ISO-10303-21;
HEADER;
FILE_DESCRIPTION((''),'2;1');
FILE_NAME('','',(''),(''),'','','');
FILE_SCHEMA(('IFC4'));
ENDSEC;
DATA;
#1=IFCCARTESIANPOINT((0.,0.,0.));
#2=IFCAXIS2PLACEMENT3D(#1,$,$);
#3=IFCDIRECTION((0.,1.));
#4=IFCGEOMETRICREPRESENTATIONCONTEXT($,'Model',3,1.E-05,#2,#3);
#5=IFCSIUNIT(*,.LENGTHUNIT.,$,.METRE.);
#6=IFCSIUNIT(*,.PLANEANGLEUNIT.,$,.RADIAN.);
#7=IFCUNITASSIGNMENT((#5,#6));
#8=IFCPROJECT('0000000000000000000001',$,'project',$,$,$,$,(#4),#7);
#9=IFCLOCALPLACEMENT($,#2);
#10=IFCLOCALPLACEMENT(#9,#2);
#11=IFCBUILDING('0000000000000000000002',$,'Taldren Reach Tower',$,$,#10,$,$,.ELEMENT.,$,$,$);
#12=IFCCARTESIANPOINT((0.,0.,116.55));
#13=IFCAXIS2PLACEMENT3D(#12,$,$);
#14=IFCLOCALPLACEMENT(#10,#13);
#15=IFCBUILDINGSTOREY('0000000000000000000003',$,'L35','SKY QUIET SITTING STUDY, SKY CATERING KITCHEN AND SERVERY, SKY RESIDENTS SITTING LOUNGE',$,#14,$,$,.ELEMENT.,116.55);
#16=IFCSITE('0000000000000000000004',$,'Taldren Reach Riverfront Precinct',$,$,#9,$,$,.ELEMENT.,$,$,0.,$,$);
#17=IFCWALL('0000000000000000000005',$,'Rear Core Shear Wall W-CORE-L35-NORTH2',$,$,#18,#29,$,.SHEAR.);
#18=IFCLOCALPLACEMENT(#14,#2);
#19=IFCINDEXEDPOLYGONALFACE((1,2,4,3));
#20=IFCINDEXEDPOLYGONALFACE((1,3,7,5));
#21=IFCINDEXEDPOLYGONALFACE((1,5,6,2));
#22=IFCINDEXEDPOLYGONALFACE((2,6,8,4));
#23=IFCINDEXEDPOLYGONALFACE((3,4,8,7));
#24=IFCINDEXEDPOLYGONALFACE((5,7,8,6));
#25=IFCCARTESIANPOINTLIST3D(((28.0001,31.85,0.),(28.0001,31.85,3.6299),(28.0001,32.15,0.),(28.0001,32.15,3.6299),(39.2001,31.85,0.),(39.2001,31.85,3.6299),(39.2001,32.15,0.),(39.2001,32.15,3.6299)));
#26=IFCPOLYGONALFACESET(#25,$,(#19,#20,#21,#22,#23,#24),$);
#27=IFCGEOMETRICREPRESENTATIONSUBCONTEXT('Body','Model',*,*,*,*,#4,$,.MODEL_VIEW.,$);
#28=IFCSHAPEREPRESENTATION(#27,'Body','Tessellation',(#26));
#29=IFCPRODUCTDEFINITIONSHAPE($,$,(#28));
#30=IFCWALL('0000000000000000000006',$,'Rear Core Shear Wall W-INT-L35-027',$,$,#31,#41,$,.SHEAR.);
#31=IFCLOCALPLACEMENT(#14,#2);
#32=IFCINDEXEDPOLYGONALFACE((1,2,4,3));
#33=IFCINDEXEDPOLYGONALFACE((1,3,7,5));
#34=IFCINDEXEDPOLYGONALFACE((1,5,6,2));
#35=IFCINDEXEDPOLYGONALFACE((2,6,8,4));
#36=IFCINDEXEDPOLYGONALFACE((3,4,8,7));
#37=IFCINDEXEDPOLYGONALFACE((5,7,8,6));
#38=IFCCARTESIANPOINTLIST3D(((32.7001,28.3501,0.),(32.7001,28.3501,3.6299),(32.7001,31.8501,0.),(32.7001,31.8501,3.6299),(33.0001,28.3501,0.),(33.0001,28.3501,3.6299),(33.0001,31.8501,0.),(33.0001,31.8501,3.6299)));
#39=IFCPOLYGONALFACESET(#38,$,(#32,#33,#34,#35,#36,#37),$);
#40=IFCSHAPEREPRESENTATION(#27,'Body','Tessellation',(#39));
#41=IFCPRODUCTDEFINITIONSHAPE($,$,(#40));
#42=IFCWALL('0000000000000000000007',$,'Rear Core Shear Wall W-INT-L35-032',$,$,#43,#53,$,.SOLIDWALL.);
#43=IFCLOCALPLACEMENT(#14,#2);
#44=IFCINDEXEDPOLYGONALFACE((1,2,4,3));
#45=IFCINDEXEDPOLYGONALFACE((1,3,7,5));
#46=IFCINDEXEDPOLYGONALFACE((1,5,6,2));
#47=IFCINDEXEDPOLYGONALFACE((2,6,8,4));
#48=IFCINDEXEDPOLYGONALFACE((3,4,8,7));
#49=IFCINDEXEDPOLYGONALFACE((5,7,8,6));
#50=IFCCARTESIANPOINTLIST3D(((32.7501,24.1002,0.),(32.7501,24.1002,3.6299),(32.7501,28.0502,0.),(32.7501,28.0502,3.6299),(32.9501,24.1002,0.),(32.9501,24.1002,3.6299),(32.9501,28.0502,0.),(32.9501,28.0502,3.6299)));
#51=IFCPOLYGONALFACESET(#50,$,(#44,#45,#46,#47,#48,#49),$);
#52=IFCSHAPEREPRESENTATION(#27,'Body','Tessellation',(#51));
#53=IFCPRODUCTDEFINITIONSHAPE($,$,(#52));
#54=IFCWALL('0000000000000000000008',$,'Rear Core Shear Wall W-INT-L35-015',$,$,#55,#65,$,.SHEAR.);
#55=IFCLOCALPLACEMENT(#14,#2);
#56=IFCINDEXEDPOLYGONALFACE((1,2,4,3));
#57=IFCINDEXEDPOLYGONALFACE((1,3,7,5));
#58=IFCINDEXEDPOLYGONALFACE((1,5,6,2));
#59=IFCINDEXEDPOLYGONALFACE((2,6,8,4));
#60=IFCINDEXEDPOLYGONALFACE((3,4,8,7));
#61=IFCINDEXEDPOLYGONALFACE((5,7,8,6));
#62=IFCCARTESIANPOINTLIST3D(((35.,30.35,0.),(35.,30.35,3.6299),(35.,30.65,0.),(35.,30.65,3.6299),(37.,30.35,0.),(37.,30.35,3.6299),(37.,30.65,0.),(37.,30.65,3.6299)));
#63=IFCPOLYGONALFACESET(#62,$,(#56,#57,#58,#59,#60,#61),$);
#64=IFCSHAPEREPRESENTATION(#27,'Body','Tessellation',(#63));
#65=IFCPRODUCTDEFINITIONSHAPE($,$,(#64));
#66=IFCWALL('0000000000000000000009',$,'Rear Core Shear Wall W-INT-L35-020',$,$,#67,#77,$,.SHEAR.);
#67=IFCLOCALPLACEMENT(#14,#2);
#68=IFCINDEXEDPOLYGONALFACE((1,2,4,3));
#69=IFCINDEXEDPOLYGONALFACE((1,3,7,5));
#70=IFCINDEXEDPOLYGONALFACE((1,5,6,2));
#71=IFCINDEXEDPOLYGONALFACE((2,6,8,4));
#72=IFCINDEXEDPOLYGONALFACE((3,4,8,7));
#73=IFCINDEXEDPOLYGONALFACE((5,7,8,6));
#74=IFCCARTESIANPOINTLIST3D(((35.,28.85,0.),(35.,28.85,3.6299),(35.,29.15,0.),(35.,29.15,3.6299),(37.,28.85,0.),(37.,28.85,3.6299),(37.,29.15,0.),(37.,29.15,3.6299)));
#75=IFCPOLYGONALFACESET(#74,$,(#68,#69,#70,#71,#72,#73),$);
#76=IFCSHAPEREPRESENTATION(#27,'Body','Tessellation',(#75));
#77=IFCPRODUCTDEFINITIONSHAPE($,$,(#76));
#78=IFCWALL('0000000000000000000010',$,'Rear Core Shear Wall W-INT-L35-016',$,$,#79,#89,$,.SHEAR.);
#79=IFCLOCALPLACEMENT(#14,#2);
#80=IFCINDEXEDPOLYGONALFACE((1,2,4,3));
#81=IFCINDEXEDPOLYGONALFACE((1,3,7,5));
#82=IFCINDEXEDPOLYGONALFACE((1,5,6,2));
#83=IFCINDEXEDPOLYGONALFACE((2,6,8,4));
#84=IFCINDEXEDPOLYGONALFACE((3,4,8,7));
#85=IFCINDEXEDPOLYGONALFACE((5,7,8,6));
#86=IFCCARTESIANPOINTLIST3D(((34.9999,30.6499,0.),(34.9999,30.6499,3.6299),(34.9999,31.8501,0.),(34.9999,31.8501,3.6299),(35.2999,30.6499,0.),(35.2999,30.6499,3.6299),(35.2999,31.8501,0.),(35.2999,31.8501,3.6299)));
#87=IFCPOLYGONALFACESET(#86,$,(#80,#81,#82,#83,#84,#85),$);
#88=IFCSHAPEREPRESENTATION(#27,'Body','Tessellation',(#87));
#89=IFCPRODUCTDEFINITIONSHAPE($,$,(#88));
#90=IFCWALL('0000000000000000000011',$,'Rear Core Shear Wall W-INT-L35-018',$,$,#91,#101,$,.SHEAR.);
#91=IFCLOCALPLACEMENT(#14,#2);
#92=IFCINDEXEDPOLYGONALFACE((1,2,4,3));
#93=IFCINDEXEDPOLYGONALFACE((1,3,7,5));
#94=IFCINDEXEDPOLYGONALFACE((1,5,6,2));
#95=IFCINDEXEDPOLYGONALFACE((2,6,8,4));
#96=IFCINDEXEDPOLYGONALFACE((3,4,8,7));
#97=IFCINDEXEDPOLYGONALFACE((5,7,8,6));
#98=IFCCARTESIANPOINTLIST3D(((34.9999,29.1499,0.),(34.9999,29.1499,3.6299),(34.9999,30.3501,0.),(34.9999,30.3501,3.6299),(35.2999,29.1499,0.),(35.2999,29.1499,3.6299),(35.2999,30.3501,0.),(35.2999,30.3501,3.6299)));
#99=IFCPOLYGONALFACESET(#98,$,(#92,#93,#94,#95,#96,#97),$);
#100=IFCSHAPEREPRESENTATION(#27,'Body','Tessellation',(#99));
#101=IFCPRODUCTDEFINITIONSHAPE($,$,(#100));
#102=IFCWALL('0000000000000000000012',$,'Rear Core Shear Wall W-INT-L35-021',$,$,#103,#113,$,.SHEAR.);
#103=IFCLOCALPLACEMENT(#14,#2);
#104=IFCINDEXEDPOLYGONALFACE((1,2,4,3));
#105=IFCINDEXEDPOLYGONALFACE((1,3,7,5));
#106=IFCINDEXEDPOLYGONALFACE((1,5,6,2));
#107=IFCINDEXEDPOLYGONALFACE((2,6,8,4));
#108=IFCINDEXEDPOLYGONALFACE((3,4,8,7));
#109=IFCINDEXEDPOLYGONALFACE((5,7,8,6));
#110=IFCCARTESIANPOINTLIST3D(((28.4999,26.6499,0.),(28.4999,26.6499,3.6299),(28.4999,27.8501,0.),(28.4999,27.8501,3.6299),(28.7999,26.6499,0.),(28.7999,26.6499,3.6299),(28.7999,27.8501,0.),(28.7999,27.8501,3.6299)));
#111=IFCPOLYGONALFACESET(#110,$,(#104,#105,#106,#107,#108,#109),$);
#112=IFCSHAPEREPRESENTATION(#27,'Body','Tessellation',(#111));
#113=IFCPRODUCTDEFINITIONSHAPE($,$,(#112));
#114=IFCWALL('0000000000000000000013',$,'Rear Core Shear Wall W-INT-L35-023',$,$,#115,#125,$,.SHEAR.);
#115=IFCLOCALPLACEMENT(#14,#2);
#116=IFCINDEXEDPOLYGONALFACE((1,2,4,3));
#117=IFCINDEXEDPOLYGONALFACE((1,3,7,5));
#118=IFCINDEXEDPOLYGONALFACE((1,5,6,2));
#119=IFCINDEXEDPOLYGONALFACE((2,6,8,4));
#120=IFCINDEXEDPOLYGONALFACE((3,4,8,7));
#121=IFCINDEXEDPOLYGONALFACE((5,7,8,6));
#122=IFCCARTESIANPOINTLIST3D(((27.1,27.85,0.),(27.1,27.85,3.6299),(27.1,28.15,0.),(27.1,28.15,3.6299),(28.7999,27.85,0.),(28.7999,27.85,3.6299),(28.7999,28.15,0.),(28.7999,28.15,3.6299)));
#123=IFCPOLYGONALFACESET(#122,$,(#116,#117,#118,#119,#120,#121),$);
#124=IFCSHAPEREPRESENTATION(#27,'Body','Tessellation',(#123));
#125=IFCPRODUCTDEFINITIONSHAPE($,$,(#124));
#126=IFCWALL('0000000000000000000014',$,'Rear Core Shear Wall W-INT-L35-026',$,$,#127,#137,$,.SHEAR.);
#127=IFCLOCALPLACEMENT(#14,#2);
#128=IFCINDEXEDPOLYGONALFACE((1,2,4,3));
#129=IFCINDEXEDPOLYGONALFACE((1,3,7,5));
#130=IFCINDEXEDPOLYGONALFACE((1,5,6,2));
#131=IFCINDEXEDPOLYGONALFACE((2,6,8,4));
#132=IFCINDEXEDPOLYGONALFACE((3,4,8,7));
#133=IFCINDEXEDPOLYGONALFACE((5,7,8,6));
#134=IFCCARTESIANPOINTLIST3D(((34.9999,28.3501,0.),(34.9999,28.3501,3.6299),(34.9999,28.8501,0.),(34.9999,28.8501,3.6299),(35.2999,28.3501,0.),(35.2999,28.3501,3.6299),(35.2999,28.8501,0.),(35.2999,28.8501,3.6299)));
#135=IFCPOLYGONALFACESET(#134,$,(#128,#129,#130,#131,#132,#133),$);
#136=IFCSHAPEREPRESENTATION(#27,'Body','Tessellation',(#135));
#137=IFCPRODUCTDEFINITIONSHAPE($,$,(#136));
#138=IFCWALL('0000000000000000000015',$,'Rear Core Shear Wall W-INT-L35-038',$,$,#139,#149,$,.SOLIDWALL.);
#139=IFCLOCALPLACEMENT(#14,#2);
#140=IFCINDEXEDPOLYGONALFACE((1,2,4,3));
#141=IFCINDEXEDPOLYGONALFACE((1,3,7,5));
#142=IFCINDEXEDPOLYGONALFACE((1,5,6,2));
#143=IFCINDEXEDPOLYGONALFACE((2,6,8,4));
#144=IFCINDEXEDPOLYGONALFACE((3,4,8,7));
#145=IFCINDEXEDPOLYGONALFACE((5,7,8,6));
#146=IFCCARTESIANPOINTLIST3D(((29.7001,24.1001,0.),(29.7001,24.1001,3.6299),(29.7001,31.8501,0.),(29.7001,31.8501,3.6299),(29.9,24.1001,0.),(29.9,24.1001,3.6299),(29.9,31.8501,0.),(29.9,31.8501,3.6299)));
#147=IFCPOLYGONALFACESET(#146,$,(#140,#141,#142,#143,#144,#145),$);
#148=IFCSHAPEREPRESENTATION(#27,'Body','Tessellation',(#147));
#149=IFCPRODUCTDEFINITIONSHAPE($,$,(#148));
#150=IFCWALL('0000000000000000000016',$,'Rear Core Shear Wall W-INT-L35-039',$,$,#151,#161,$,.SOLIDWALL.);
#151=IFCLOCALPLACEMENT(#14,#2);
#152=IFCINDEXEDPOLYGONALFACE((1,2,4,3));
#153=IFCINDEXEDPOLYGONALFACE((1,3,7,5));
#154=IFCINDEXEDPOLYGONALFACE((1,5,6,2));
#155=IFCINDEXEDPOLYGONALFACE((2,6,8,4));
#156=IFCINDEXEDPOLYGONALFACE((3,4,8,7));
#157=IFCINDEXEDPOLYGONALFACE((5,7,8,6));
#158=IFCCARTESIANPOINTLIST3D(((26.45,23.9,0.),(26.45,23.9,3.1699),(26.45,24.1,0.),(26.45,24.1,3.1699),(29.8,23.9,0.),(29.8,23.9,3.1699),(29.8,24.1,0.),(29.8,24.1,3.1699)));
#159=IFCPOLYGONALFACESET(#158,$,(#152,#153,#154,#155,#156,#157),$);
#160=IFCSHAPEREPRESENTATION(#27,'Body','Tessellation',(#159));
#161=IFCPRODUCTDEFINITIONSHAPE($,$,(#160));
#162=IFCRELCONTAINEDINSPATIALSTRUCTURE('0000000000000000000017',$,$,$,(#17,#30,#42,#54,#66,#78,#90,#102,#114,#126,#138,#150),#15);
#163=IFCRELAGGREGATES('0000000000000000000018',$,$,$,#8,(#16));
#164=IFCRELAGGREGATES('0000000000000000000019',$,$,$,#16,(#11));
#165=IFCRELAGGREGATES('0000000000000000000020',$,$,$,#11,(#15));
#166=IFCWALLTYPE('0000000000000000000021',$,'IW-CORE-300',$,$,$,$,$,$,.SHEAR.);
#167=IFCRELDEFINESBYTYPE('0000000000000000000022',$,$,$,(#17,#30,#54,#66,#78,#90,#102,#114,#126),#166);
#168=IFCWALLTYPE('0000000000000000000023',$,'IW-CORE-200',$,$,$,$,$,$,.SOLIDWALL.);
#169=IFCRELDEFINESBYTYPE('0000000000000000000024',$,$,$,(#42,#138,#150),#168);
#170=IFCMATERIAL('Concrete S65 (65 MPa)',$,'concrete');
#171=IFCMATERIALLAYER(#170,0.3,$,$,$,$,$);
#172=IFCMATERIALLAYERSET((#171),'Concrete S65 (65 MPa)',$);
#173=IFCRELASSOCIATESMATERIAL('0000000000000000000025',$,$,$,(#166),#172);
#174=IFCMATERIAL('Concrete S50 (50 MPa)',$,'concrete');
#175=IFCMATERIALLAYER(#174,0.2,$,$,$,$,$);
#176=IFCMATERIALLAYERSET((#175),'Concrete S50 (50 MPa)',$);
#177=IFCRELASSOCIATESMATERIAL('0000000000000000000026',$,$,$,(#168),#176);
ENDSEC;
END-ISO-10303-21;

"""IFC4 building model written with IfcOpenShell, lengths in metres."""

from ifc_helpers import new_model, si_unit, direction, frame, frame_2d, origin, place, context, subcontext, project, spatial, rectangle, extrude, source, transform, mapped, material, layer, layer_set, type_object, element, save


model = new_model("IFC4")

# Units and contexts
model_context = context("Model", 3, precision=1e-05, world=origin(), true_north=direction((0.0, 1.0)))
body_context = subcontext(model_context, "Body", "Model", "MODEL_VIEW")
ifc_project = project(units=[si_unit("LENGTHUNIT", "METRE"), si_unit("PLANEANGLEUNIT", "RADIAN")], contexts=[model_context])

# Site, building, storey
site_placement = place(None, origin())
site = spatial("IfcSite", under=ifc_project, at=site_placement, Name="Taldren Reach Riverfront Precinct", CompositionType="ELEMENT", RefElevation=0.0)
building_placement = place(site_placement, origin())
building = spatial("IfcBuilding", under=site, at=building_placement, Name="Taldren Reach Tower", CompositionType="ELEMENT")
storey_placement = place(building_placement, frame((0.0, 0.0, 116.55)))
storey = spatial("IfcBuildingStorey", under=building, at=storey_placement, Name="L35", Description="SKY QUIET SITTING STUDY, SKY CATERING KITCHEN AND SERVERY, SKY RESIDENTS SITTING LOUNGE", CompositionType="ELEMENT", Elevation=116.55)

# Walls
ifc_material_1 = material(Name="Concrete S65 (65 MPa)", Category="concrete")
ifc_layer_1 = layer(ifc_material_1, 0.3)
ifc_layer_set_1 = layer_set([ifc_layer_1], Name="Concrete S65 (65 MPa)")
wall_type_1 = type_object("IfcWallType", Name="IW-CORE-300", PredefinedType="SHEAR", material=ifc_layer_set_1)
shared_shape_1 = source(origin(), body_context, "Body", "SweptSolid", [
    extrude(rectangle(XDim=11.2, YDim=0.3, at=frame_2d((5.6001, 0.0))), origin(), (0.0, 0.0, 1.0), 3.6299),
])
wall_1_placement = place(storey_placement, frame((28.0, 32.0, 0.0), z_axis=(0.0, 0.0, 1.0), x_axis=(1.0, 0.0, 0.0)))
element("IfcWall", 1, at=wall_1_placement, inside=storey, type_object=wall_type_1, Name="Rear Core Shear Wall W-CORE-L35-NORTH2", PredefinedType="SHEAR", context=body_context, shape_type="MappedRepresentation", body=[
    mapped(shared_shape_1, transform((0.0, 0.0, 0.0), scale=1.0)),
])
shared_shape_2 = source(origin(), body_context, "Body", "SweptSolid", [
    extrude(rectangle(XDim=3.5, YDim=0.3, at=frame_2d((1.75, 0.0))), origin(), (0.0, 0.0, 1.0), 3.6299),
])
wall_2_placement = place(storey_placement, frame((32.8501, 31.8501, 0.0), z_axis=(0.0, 0.0, 1.0), x_axis=(0.0, -1.0, 0.0)))
element("IfcWall", 2, at=wall_2_placement, inside=storey, type_object=wall_type_1, Name="Rear Core Shear Wall W-INT-L35-027", PredefinedType="SHEAR", context=body_context, shape_type="MappedRepresentation", body=[
    mapped(shared_shape_2, transform((0.0, 0.0, 0.0), scale=1.0)),
])
ifc_material_2 = material(Name="Concrete S50 (50 MPa)", Category="concrete")
ifc_layer_2 = layer(ifc_material_2, 0.2)
ifc_layer_set_2 = layer_set([ifc_layer_2], Name="Concrete S50 (50 MPa)")
wall_type_2 = type_object("IfcWallType", Name="IW-CORE-200", PredefinedType="SOLIDWALL", material=ifc_layer_set_2)
shared_shape_3 = source(origin(), body_context, "Body", "SweptSolid", [
    extrude(rectangle(XDim=3.95, YDim=0.2, at=frame_2d((1.9751, 0.0))), origin(), (0.0, 0.0, 1.0), 3.6299),
])
wall_3_placement = place(storey_placement, frame((32.8501, 24.1001, 0.0), z_axis=(0.0, 0.0, 1.0), x_axis=(0.0, 1.0, 0.0)))
element("IfcWall", 3, at=wall_3_placement, inside=storey, type_object=wall_type_2, Name="Rear Core Shear Wall W-INT-L35-032", PredefinedType="SOLIDWALL", context=body_context, shape_type="MappedRepresentation", body=[
    mapped(shared_shape_3, transform((0.0, 0.0, 0.0), scale=1.0)),
])
shared_shape_4 = source(origin(), body_context, "Body", "SweptSolid", [
    extrude(rectangle(XDim=2.0, YDim=0.3, at=frame_2d((1.0, 0.0))), origin(), (0.0, 0.0, 1.0), 3.6299),
])
for number, where, z_axis, x_axis, name in (
    (4, (35.0, 30.5, 0.0), (0.0, 0.0, 1.0), (1.0, 0.0, 0.0), "Rear Core Shear Wall W-INT-L35-015"),
    (5, (35.0, 29.0, 0.0), (0.0, 0.0, 1.0), (1.0, 0.0, 0.0), "Rear Core Shear Wall W-INT-L35-020"),
):
    element("IfcWall", number, at=place(storey_placement, frame(where, z_axis=z_axis, x_axis=x_axis)), inside=storey, type_object=wall_type_1, Name=name, PredefinedType="SHEAR", context=body_context, shape_type="MappedRepresentation", body=[
        mapped(shared_shape_4, transform((0.0, 0.0, 0.0), scale=1.0)),
    ])
shared_shape_5 = source(origin(), body_context, "Body", "SweptSolid", [
    extrude(rectangle(XDim=1.2002, YDim=0.3, at=frame_2d((0.6001, 0.0))), origin(), (0.0, 0.0, 1.0), 3.6299),
])
for number, where, z_axis, x_axis, name in (
    (6, (35.1499, 31.8501, 0.0), (0.0, 0.0, 1.0), (0.0, -1.0, 0.0), "Rear Core Shear Wall W-INT-L35-016"),
    (7, (35.1499, 30.3501, 0.0), (0.0, 0.0, 1.0), (0.0, -1.0, 0.0), "Rear Core Shear Wall W-INT-L35-018"),
    (8, (28.6499, 26.6499, 0.0), (0.0, 0.0, 1.0), (0.0, 1.0, 0.0), "Rear Core Shear Wall W-INT-L35-021"),
):
    element("IfcWall", number, at=place(storey_placement, frame(where, z_axis=z_axis, x_axis=x_axis)), inside=storey, type_object=wall_type_1, Name=name, PredefinedType="SHEAR", context=body_context, shape_type="MappedRepresentation", body=[
        mapped(shared_shape_5, transform((0.0, 0.0, 0.0), scale=1.0)),
    ])
shared_shape_6 = source(origin(), body_context, "Body", "SweptSolid", [
    extrude(rectangle(XDim=1.7, YDim=0.3, at=frame_2d((0.8501, 0.0))), origin(), (0.0, 0.0, 1.0), 3.6299),
])
wall_4_placement = place(storey_placement, frame((28.8, 28.0, 0.0), z_axis=(0.0, 0.0, 1.0), x_axis=(-1.0, 0.0, 0.0)))
element("IfcWall", 9, at=wall_4_placement, inside=storey, type_object=wall_type_1, Name="Rear Core Shear Wall W-INT-L35-023", PredefinedType="SHEAR", context=body_context, shape_type="MappedRepresentation", body=[
    mapped(shared_shape_6, transform((0.0, 0.0, 0.0), scale=1.0)),
])

# Walls
shared_shape_7 = source(origin(), body_context, "Body", "SweptSolid", [
    extrude(rectangle(XDim=0.5, YDim=0.3, at=frame_2d((0.25, 0.0))), origin(), (0.0, 0.0, 1.0), 3.6299),
])
wall_5_placement = place(storey_placement, frame((35.1499, 28.3501, 0.0), z_axis=(0.0, 0.0, 1.0), x_axis=(0.0, 1.0, 0.0)))
element("IfcWall", 10, at=wall_5_placement, inside=storey, type_object=wall_type_1, Name="Rear Core Shear Wall W-INT-L35-026", PredefinedType="SHEAR", context=body_context, shape_type="MappedRepresentation", body=[
    mapped(shared_shape_7, transform((0.0, 0.0, 0.0), scale=1.0)),
])
shared_shape_8 = source(origin(), body_context, "Body", "SweptSolid", [
    extrude(rectangle(XDim=7.75, YDim=0.2, at=frame_2d((3.875, 0.0))), origin(), (0.0, 0.0, 1.0), 3.6299),
])
wall_6_placement = place(storey_placement, frame((29.8, 31.8501, 0.0), z_axis=(0.0, 0.0, 1.0), x_axis=(0.0, -1.0, 0.0)))
element("IfcWall", 11, at=wall_6_placement, inside=storey, type_object=wall_type_2, Name="Rear Core Shear Wall W-INT-L35-038", PredefinedType="SOLIDWALL", context=body_context, shape_type="MappedRepresentation", body=[
    mapped(shared_shape_8, transform((0.0, 0.0, 0.0), scale=1.0)),
])
shared_shape_9 = source(origin(), body_context, "Body", "SweptSolid", [
    extrude(rectangle(XDim=3.3501, YDim=0.2, at=frame_2d((1.675, 0.0))), origin(), (0.0, 0.0, 1.0), 3.1699),
])
wall_7_placement = place(storey_placement, frame((29.8, 24.0, 0.0), z_axis=(0.0, 0.0, 1.0), x_axis=(-1.0, 0.0, 0.0)))
element("IfcWall", 12, at=wall_7_placement, inside=storey, type_object=wall_type_2, Name="Rear Core Shear Wall W-INT-L35-039", PredefinedType="SOLIDWALL", context=body_context, shape_type="MappedRepresentation", body=[
    mapped(shared_shape_9, transform((0.0, 0.0, 0.0), scale=1.0)),
])

save(model, "model.ifc")
